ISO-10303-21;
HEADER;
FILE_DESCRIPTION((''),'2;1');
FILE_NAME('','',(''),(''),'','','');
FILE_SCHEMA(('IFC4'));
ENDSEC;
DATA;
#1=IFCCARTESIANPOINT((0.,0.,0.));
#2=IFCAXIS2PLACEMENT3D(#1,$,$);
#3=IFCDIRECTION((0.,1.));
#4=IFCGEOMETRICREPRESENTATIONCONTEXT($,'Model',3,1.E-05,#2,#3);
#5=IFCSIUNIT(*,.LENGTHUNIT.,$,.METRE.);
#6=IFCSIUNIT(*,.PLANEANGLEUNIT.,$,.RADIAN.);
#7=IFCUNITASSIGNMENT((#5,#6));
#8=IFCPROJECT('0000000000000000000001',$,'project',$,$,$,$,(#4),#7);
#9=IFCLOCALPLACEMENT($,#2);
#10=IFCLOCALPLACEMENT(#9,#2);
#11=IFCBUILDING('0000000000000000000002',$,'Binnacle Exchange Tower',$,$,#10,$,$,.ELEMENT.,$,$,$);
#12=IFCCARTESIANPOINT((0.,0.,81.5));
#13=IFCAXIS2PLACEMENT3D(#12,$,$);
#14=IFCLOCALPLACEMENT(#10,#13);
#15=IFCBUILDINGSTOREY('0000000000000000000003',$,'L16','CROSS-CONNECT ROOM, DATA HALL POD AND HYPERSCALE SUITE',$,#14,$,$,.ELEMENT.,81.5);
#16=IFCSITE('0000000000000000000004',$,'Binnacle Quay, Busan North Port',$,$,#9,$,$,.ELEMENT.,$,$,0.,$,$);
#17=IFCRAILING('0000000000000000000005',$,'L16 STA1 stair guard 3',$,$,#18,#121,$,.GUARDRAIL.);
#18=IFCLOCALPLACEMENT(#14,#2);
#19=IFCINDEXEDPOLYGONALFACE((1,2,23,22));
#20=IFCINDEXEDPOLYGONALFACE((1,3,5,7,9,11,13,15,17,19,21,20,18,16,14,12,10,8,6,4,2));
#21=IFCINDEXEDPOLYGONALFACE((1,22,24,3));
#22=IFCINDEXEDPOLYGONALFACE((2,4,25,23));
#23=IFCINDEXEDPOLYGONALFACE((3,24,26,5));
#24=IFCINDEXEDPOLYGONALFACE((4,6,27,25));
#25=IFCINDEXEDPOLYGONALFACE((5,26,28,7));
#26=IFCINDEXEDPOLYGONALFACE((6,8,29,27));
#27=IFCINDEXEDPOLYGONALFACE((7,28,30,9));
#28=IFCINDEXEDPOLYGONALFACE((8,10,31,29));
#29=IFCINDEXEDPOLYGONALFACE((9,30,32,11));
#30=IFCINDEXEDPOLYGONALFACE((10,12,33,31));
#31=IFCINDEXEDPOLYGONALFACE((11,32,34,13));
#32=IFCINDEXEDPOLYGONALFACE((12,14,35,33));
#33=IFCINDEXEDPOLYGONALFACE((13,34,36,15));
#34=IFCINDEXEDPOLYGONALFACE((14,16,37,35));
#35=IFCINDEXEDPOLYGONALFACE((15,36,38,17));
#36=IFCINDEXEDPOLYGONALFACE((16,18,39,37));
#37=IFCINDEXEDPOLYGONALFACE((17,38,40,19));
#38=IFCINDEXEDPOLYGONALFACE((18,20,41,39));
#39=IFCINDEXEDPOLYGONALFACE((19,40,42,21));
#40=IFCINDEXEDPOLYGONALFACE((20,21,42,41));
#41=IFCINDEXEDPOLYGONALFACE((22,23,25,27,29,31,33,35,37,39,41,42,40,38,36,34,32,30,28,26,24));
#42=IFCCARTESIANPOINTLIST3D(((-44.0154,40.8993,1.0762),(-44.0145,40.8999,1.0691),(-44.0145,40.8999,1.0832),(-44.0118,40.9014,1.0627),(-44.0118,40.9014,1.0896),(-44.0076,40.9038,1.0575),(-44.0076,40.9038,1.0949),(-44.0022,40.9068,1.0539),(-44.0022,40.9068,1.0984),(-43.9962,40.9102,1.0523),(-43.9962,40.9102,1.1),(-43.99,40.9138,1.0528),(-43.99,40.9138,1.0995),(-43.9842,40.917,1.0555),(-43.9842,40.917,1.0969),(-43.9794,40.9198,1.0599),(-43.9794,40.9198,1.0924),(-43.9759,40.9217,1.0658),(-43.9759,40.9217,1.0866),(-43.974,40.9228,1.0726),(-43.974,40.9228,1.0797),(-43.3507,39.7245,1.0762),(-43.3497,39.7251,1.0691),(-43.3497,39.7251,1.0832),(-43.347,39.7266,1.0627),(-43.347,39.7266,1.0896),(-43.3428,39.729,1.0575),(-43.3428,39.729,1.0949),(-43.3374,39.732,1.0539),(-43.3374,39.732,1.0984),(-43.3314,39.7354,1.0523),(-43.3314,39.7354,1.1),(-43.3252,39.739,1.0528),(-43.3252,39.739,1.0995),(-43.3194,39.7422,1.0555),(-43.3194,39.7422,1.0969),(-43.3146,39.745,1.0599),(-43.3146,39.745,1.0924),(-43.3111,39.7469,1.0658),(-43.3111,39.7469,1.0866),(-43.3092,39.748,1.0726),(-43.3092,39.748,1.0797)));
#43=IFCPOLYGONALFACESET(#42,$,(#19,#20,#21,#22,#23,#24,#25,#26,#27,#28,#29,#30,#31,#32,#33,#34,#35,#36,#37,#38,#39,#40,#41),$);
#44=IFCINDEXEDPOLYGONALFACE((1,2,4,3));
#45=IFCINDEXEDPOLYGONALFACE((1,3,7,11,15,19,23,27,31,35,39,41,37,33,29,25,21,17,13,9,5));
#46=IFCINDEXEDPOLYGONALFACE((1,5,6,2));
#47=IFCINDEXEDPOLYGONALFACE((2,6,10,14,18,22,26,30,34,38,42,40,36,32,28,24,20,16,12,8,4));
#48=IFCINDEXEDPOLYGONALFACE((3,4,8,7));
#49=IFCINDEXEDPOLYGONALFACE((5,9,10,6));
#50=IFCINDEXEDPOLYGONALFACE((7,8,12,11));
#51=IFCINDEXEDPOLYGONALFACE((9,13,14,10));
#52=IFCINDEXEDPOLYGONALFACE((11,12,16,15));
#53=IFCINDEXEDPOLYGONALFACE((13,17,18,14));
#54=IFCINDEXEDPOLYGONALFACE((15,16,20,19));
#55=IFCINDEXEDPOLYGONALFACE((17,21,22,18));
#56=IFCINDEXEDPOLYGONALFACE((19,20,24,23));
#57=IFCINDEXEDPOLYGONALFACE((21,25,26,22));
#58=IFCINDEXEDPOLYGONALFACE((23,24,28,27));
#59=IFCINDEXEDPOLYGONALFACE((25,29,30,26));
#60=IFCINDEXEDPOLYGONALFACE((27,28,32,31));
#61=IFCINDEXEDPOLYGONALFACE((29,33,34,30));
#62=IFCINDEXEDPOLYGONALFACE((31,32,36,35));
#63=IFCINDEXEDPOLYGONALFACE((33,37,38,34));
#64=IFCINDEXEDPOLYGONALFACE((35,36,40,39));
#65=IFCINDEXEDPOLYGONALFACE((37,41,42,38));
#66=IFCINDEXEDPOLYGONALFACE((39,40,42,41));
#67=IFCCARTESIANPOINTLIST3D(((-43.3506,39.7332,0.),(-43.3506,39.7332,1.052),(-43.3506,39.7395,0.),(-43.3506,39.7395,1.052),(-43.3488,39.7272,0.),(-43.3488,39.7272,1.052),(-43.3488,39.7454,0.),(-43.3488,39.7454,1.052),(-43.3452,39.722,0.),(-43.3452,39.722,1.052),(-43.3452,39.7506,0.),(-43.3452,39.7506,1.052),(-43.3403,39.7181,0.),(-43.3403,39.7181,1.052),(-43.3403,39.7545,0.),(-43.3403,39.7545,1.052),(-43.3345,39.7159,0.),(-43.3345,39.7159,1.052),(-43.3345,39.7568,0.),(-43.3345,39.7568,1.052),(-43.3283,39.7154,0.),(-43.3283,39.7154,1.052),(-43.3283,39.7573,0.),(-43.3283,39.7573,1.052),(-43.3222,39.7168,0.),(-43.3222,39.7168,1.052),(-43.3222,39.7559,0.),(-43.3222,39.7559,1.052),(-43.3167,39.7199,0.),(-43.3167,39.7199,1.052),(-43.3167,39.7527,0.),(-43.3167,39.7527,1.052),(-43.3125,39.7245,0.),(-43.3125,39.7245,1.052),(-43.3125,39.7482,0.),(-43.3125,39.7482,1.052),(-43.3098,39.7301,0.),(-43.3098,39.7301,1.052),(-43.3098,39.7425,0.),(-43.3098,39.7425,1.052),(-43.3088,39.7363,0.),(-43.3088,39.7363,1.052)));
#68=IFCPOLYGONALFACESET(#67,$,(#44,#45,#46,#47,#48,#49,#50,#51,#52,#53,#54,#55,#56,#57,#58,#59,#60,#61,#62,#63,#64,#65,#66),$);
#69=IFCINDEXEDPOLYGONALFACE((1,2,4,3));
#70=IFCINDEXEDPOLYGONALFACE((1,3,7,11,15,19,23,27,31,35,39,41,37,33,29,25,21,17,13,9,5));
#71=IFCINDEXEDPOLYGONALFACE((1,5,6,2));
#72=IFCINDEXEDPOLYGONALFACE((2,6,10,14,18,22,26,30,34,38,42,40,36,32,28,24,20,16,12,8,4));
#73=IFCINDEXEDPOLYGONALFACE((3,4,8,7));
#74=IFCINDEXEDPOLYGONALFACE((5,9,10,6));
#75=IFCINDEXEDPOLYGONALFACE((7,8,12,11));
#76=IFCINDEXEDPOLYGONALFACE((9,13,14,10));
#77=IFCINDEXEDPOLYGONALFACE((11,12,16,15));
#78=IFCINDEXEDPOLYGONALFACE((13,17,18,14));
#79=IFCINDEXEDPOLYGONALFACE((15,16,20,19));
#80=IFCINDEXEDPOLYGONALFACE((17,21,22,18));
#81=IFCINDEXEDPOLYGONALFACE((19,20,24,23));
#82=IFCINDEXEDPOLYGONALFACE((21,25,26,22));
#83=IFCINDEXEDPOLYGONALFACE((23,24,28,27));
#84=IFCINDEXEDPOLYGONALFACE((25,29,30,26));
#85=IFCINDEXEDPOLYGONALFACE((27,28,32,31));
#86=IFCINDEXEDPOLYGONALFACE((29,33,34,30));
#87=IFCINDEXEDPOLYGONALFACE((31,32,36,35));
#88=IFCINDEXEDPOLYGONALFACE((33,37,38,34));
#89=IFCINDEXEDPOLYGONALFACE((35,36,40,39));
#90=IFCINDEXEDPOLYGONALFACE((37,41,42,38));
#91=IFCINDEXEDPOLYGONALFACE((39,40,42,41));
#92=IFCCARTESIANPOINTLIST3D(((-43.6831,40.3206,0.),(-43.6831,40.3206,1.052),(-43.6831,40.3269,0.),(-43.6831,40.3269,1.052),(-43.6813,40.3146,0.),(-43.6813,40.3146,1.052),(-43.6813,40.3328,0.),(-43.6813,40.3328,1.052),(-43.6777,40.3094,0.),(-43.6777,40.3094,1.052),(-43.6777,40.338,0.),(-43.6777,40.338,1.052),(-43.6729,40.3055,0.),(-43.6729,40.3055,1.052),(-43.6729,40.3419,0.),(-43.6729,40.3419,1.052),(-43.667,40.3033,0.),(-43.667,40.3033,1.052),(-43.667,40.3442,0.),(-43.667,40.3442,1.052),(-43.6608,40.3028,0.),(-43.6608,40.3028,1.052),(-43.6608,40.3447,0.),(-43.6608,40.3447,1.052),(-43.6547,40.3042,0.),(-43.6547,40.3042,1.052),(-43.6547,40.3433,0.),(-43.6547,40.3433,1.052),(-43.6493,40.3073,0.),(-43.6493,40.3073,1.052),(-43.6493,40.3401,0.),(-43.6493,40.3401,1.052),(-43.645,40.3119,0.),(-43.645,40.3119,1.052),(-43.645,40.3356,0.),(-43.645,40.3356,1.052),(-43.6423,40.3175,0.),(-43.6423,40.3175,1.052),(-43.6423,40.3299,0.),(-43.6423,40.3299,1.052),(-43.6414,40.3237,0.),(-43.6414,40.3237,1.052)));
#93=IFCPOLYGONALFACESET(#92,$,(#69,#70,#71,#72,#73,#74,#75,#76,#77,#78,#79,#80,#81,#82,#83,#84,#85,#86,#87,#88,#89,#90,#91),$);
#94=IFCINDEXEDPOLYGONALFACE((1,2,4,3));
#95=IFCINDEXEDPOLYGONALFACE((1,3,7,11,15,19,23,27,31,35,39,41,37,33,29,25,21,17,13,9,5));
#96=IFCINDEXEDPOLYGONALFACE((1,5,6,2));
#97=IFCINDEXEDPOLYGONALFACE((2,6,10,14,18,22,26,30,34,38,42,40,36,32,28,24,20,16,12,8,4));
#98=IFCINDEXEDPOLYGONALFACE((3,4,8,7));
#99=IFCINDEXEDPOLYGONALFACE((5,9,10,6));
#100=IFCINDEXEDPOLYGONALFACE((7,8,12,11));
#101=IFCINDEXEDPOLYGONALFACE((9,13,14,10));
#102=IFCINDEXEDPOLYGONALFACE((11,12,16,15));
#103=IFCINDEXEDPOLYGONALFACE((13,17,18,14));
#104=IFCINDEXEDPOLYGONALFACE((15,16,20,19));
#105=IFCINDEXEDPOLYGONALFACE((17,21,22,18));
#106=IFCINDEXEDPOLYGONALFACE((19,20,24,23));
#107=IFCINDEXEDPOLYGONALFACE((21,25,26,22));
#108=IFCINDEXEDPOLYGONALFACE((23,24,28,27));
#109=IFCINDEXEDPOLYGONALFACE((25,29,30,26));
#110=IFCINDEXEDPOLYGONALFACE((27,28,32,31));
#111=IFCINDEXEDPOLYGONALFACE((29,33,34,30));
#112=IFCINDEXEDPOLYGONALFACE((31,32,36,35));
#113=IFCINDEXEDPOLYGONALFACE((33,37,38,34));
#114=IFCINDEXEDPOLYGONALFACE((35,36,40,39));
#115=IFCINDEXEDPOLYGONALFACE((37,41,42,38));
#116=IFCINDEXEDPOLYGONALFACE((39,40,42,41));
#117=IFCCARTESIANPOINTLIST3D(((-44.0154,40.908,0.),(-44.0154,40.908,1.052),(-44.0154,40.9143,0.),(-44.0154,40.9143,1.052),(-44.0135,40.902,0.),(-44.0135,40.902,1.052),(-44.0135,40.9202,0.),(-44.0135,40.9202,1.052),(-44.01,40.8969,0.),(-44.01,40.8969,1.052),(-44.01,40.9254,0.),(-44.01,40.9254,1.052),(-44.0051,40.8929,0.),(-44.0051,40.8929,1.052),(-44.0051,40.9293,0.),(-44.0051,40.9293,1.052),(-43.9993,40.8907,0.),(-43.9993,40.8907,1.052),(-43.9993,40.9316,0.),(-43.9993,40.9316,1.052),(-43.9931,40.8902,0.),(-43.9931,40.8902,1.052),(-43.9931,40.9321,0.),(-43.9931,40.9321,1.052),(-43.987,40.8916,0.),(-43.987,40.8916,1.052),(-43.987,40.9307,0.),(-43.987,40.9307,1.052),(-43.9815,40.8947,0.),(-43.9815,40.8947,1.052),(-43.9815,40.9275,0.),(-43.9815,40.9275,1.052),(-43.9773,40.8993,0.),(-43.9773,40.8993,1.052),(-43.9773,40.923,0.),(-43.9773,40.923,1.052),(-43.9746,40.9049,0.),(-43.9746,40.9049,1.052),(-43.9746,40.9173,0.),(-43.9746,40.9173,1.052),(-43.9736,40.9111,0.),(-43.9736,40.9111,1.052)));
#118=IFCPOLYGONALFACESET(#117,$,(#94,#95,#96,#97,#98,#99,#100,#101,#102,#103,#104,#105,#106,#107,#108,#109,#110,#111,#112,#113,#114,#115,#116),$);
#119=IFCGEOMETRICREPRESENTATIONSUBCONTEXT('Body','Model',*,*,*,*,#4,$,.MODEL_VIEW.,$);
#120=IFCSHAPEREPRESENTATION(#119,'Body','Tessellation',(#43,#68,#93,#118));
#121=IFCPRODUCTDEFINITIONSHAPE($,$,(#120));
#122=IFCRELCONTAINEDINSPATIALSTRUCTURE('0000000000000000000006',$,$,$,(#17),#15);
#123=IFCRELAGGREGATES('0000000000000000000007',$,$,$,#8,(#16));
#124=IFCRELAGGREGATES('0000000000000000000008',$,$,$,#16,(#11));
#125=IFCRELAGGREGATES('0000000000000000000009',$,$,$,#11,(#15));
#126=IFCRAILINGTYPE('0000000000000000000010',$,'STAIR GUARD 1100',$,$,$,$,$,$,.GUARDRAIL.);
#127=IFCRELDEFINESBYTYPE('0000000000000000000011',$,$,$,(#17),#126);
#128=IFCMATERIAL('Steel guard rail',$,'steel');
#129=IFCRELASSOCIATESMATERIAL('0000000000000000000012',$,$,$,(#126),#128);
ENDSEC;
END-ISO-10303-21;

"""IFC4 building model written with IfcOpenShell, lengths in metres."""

from ifc_helpers import new_model, si_unit, direction, frame, origin, origin_2d, place, context, subcontext, project, spatial, circle, extrude, material, type_object, element, save


model = new_model("IFC4")

# Units and contexts
model_context = context("Model", 3, precision=1e-05, world=origin(), true_north=direction((0.0, 1.0)))
body_context = subcontext(model_context, "Body", "Model", "MODEL_VIEW")
ifc_project = project(units=[si_unit("LENGTHUNIT", "METRE"), si_unit("PLANEANGLEUNIT", "RADIAN")], contexts=[model_context])

# Site, building, storey
site_placement = place(None, origin())
site = spatial("IfcSite", under=ifc_project, at=site_placement, Name="Binnacle Quay, Busan North Port", CompositionType="ELEMENT", RefElevation=0.0)
building_placement = place(site_placement, origin())
building = spatial("IfcBuilding", under=site, at=building_placement, Name="Binnacle Exchange Tower", CompositionType="ELEMENT")
storey_placement = place(building_placement, frame((0.0, 0.0, 81.5)))
storey = spatial("IfcBuildingStorey", under=building, at=storey_placement, Name="L16", Description="CROSS-CONNECT ROOM, DATA HALL POD AND HYPERSCALE SUITE", CompositionType="ELEMENT", Elevation=81.5)

# Railing
ifc_material_1 = material(Name="Steel guard rail", Category="steel")
railing_type_1 = type_object("IfcRailingType", Name="STAIR GUARD 1100", PredefinedType="GUARDRAIL", material=ifc_material_1)
railing_1_placement = place(storey_placement, frame((-43.3298, 39.7363, 0.0)))
element("IfcRailing", 1, at=railing_1_placement, inside=storey, type_object=railing_type_1, Name="L16 STA1 stair guard 3", PredefinedType="GUARDRAIL", context=body_context, shape_type="SweptSolid", body=[
    extrude(circle(Radius=0.0239, at=origin_2d()), frame((0.0, 0.0, 1.0762), z_axis=(-0.492492, 0.870317, 0.0), x_axis=(-0.870317, -0.492492, 0.0)), (0.0, 0.0, 1.0), 1.3499),
    extrude(circle(Radius=0.021, at=origin_2d()), origin(), (0.0, 0.0, 1.0), 1.052),
    extrude(circle(Radius=0.021, at=origin_2d()), frame((-0.3325, 0.5874, 0.0)), (0.0, 0.0, 1.0), 1.052),
    extrude(circle(Radius=0.021, at=origin_2d()), frame((-0.6648, 1.1748, 0.0)), (0.0, 0.0, 1.0), 1.052),
])

save(model, "model.ifc")
